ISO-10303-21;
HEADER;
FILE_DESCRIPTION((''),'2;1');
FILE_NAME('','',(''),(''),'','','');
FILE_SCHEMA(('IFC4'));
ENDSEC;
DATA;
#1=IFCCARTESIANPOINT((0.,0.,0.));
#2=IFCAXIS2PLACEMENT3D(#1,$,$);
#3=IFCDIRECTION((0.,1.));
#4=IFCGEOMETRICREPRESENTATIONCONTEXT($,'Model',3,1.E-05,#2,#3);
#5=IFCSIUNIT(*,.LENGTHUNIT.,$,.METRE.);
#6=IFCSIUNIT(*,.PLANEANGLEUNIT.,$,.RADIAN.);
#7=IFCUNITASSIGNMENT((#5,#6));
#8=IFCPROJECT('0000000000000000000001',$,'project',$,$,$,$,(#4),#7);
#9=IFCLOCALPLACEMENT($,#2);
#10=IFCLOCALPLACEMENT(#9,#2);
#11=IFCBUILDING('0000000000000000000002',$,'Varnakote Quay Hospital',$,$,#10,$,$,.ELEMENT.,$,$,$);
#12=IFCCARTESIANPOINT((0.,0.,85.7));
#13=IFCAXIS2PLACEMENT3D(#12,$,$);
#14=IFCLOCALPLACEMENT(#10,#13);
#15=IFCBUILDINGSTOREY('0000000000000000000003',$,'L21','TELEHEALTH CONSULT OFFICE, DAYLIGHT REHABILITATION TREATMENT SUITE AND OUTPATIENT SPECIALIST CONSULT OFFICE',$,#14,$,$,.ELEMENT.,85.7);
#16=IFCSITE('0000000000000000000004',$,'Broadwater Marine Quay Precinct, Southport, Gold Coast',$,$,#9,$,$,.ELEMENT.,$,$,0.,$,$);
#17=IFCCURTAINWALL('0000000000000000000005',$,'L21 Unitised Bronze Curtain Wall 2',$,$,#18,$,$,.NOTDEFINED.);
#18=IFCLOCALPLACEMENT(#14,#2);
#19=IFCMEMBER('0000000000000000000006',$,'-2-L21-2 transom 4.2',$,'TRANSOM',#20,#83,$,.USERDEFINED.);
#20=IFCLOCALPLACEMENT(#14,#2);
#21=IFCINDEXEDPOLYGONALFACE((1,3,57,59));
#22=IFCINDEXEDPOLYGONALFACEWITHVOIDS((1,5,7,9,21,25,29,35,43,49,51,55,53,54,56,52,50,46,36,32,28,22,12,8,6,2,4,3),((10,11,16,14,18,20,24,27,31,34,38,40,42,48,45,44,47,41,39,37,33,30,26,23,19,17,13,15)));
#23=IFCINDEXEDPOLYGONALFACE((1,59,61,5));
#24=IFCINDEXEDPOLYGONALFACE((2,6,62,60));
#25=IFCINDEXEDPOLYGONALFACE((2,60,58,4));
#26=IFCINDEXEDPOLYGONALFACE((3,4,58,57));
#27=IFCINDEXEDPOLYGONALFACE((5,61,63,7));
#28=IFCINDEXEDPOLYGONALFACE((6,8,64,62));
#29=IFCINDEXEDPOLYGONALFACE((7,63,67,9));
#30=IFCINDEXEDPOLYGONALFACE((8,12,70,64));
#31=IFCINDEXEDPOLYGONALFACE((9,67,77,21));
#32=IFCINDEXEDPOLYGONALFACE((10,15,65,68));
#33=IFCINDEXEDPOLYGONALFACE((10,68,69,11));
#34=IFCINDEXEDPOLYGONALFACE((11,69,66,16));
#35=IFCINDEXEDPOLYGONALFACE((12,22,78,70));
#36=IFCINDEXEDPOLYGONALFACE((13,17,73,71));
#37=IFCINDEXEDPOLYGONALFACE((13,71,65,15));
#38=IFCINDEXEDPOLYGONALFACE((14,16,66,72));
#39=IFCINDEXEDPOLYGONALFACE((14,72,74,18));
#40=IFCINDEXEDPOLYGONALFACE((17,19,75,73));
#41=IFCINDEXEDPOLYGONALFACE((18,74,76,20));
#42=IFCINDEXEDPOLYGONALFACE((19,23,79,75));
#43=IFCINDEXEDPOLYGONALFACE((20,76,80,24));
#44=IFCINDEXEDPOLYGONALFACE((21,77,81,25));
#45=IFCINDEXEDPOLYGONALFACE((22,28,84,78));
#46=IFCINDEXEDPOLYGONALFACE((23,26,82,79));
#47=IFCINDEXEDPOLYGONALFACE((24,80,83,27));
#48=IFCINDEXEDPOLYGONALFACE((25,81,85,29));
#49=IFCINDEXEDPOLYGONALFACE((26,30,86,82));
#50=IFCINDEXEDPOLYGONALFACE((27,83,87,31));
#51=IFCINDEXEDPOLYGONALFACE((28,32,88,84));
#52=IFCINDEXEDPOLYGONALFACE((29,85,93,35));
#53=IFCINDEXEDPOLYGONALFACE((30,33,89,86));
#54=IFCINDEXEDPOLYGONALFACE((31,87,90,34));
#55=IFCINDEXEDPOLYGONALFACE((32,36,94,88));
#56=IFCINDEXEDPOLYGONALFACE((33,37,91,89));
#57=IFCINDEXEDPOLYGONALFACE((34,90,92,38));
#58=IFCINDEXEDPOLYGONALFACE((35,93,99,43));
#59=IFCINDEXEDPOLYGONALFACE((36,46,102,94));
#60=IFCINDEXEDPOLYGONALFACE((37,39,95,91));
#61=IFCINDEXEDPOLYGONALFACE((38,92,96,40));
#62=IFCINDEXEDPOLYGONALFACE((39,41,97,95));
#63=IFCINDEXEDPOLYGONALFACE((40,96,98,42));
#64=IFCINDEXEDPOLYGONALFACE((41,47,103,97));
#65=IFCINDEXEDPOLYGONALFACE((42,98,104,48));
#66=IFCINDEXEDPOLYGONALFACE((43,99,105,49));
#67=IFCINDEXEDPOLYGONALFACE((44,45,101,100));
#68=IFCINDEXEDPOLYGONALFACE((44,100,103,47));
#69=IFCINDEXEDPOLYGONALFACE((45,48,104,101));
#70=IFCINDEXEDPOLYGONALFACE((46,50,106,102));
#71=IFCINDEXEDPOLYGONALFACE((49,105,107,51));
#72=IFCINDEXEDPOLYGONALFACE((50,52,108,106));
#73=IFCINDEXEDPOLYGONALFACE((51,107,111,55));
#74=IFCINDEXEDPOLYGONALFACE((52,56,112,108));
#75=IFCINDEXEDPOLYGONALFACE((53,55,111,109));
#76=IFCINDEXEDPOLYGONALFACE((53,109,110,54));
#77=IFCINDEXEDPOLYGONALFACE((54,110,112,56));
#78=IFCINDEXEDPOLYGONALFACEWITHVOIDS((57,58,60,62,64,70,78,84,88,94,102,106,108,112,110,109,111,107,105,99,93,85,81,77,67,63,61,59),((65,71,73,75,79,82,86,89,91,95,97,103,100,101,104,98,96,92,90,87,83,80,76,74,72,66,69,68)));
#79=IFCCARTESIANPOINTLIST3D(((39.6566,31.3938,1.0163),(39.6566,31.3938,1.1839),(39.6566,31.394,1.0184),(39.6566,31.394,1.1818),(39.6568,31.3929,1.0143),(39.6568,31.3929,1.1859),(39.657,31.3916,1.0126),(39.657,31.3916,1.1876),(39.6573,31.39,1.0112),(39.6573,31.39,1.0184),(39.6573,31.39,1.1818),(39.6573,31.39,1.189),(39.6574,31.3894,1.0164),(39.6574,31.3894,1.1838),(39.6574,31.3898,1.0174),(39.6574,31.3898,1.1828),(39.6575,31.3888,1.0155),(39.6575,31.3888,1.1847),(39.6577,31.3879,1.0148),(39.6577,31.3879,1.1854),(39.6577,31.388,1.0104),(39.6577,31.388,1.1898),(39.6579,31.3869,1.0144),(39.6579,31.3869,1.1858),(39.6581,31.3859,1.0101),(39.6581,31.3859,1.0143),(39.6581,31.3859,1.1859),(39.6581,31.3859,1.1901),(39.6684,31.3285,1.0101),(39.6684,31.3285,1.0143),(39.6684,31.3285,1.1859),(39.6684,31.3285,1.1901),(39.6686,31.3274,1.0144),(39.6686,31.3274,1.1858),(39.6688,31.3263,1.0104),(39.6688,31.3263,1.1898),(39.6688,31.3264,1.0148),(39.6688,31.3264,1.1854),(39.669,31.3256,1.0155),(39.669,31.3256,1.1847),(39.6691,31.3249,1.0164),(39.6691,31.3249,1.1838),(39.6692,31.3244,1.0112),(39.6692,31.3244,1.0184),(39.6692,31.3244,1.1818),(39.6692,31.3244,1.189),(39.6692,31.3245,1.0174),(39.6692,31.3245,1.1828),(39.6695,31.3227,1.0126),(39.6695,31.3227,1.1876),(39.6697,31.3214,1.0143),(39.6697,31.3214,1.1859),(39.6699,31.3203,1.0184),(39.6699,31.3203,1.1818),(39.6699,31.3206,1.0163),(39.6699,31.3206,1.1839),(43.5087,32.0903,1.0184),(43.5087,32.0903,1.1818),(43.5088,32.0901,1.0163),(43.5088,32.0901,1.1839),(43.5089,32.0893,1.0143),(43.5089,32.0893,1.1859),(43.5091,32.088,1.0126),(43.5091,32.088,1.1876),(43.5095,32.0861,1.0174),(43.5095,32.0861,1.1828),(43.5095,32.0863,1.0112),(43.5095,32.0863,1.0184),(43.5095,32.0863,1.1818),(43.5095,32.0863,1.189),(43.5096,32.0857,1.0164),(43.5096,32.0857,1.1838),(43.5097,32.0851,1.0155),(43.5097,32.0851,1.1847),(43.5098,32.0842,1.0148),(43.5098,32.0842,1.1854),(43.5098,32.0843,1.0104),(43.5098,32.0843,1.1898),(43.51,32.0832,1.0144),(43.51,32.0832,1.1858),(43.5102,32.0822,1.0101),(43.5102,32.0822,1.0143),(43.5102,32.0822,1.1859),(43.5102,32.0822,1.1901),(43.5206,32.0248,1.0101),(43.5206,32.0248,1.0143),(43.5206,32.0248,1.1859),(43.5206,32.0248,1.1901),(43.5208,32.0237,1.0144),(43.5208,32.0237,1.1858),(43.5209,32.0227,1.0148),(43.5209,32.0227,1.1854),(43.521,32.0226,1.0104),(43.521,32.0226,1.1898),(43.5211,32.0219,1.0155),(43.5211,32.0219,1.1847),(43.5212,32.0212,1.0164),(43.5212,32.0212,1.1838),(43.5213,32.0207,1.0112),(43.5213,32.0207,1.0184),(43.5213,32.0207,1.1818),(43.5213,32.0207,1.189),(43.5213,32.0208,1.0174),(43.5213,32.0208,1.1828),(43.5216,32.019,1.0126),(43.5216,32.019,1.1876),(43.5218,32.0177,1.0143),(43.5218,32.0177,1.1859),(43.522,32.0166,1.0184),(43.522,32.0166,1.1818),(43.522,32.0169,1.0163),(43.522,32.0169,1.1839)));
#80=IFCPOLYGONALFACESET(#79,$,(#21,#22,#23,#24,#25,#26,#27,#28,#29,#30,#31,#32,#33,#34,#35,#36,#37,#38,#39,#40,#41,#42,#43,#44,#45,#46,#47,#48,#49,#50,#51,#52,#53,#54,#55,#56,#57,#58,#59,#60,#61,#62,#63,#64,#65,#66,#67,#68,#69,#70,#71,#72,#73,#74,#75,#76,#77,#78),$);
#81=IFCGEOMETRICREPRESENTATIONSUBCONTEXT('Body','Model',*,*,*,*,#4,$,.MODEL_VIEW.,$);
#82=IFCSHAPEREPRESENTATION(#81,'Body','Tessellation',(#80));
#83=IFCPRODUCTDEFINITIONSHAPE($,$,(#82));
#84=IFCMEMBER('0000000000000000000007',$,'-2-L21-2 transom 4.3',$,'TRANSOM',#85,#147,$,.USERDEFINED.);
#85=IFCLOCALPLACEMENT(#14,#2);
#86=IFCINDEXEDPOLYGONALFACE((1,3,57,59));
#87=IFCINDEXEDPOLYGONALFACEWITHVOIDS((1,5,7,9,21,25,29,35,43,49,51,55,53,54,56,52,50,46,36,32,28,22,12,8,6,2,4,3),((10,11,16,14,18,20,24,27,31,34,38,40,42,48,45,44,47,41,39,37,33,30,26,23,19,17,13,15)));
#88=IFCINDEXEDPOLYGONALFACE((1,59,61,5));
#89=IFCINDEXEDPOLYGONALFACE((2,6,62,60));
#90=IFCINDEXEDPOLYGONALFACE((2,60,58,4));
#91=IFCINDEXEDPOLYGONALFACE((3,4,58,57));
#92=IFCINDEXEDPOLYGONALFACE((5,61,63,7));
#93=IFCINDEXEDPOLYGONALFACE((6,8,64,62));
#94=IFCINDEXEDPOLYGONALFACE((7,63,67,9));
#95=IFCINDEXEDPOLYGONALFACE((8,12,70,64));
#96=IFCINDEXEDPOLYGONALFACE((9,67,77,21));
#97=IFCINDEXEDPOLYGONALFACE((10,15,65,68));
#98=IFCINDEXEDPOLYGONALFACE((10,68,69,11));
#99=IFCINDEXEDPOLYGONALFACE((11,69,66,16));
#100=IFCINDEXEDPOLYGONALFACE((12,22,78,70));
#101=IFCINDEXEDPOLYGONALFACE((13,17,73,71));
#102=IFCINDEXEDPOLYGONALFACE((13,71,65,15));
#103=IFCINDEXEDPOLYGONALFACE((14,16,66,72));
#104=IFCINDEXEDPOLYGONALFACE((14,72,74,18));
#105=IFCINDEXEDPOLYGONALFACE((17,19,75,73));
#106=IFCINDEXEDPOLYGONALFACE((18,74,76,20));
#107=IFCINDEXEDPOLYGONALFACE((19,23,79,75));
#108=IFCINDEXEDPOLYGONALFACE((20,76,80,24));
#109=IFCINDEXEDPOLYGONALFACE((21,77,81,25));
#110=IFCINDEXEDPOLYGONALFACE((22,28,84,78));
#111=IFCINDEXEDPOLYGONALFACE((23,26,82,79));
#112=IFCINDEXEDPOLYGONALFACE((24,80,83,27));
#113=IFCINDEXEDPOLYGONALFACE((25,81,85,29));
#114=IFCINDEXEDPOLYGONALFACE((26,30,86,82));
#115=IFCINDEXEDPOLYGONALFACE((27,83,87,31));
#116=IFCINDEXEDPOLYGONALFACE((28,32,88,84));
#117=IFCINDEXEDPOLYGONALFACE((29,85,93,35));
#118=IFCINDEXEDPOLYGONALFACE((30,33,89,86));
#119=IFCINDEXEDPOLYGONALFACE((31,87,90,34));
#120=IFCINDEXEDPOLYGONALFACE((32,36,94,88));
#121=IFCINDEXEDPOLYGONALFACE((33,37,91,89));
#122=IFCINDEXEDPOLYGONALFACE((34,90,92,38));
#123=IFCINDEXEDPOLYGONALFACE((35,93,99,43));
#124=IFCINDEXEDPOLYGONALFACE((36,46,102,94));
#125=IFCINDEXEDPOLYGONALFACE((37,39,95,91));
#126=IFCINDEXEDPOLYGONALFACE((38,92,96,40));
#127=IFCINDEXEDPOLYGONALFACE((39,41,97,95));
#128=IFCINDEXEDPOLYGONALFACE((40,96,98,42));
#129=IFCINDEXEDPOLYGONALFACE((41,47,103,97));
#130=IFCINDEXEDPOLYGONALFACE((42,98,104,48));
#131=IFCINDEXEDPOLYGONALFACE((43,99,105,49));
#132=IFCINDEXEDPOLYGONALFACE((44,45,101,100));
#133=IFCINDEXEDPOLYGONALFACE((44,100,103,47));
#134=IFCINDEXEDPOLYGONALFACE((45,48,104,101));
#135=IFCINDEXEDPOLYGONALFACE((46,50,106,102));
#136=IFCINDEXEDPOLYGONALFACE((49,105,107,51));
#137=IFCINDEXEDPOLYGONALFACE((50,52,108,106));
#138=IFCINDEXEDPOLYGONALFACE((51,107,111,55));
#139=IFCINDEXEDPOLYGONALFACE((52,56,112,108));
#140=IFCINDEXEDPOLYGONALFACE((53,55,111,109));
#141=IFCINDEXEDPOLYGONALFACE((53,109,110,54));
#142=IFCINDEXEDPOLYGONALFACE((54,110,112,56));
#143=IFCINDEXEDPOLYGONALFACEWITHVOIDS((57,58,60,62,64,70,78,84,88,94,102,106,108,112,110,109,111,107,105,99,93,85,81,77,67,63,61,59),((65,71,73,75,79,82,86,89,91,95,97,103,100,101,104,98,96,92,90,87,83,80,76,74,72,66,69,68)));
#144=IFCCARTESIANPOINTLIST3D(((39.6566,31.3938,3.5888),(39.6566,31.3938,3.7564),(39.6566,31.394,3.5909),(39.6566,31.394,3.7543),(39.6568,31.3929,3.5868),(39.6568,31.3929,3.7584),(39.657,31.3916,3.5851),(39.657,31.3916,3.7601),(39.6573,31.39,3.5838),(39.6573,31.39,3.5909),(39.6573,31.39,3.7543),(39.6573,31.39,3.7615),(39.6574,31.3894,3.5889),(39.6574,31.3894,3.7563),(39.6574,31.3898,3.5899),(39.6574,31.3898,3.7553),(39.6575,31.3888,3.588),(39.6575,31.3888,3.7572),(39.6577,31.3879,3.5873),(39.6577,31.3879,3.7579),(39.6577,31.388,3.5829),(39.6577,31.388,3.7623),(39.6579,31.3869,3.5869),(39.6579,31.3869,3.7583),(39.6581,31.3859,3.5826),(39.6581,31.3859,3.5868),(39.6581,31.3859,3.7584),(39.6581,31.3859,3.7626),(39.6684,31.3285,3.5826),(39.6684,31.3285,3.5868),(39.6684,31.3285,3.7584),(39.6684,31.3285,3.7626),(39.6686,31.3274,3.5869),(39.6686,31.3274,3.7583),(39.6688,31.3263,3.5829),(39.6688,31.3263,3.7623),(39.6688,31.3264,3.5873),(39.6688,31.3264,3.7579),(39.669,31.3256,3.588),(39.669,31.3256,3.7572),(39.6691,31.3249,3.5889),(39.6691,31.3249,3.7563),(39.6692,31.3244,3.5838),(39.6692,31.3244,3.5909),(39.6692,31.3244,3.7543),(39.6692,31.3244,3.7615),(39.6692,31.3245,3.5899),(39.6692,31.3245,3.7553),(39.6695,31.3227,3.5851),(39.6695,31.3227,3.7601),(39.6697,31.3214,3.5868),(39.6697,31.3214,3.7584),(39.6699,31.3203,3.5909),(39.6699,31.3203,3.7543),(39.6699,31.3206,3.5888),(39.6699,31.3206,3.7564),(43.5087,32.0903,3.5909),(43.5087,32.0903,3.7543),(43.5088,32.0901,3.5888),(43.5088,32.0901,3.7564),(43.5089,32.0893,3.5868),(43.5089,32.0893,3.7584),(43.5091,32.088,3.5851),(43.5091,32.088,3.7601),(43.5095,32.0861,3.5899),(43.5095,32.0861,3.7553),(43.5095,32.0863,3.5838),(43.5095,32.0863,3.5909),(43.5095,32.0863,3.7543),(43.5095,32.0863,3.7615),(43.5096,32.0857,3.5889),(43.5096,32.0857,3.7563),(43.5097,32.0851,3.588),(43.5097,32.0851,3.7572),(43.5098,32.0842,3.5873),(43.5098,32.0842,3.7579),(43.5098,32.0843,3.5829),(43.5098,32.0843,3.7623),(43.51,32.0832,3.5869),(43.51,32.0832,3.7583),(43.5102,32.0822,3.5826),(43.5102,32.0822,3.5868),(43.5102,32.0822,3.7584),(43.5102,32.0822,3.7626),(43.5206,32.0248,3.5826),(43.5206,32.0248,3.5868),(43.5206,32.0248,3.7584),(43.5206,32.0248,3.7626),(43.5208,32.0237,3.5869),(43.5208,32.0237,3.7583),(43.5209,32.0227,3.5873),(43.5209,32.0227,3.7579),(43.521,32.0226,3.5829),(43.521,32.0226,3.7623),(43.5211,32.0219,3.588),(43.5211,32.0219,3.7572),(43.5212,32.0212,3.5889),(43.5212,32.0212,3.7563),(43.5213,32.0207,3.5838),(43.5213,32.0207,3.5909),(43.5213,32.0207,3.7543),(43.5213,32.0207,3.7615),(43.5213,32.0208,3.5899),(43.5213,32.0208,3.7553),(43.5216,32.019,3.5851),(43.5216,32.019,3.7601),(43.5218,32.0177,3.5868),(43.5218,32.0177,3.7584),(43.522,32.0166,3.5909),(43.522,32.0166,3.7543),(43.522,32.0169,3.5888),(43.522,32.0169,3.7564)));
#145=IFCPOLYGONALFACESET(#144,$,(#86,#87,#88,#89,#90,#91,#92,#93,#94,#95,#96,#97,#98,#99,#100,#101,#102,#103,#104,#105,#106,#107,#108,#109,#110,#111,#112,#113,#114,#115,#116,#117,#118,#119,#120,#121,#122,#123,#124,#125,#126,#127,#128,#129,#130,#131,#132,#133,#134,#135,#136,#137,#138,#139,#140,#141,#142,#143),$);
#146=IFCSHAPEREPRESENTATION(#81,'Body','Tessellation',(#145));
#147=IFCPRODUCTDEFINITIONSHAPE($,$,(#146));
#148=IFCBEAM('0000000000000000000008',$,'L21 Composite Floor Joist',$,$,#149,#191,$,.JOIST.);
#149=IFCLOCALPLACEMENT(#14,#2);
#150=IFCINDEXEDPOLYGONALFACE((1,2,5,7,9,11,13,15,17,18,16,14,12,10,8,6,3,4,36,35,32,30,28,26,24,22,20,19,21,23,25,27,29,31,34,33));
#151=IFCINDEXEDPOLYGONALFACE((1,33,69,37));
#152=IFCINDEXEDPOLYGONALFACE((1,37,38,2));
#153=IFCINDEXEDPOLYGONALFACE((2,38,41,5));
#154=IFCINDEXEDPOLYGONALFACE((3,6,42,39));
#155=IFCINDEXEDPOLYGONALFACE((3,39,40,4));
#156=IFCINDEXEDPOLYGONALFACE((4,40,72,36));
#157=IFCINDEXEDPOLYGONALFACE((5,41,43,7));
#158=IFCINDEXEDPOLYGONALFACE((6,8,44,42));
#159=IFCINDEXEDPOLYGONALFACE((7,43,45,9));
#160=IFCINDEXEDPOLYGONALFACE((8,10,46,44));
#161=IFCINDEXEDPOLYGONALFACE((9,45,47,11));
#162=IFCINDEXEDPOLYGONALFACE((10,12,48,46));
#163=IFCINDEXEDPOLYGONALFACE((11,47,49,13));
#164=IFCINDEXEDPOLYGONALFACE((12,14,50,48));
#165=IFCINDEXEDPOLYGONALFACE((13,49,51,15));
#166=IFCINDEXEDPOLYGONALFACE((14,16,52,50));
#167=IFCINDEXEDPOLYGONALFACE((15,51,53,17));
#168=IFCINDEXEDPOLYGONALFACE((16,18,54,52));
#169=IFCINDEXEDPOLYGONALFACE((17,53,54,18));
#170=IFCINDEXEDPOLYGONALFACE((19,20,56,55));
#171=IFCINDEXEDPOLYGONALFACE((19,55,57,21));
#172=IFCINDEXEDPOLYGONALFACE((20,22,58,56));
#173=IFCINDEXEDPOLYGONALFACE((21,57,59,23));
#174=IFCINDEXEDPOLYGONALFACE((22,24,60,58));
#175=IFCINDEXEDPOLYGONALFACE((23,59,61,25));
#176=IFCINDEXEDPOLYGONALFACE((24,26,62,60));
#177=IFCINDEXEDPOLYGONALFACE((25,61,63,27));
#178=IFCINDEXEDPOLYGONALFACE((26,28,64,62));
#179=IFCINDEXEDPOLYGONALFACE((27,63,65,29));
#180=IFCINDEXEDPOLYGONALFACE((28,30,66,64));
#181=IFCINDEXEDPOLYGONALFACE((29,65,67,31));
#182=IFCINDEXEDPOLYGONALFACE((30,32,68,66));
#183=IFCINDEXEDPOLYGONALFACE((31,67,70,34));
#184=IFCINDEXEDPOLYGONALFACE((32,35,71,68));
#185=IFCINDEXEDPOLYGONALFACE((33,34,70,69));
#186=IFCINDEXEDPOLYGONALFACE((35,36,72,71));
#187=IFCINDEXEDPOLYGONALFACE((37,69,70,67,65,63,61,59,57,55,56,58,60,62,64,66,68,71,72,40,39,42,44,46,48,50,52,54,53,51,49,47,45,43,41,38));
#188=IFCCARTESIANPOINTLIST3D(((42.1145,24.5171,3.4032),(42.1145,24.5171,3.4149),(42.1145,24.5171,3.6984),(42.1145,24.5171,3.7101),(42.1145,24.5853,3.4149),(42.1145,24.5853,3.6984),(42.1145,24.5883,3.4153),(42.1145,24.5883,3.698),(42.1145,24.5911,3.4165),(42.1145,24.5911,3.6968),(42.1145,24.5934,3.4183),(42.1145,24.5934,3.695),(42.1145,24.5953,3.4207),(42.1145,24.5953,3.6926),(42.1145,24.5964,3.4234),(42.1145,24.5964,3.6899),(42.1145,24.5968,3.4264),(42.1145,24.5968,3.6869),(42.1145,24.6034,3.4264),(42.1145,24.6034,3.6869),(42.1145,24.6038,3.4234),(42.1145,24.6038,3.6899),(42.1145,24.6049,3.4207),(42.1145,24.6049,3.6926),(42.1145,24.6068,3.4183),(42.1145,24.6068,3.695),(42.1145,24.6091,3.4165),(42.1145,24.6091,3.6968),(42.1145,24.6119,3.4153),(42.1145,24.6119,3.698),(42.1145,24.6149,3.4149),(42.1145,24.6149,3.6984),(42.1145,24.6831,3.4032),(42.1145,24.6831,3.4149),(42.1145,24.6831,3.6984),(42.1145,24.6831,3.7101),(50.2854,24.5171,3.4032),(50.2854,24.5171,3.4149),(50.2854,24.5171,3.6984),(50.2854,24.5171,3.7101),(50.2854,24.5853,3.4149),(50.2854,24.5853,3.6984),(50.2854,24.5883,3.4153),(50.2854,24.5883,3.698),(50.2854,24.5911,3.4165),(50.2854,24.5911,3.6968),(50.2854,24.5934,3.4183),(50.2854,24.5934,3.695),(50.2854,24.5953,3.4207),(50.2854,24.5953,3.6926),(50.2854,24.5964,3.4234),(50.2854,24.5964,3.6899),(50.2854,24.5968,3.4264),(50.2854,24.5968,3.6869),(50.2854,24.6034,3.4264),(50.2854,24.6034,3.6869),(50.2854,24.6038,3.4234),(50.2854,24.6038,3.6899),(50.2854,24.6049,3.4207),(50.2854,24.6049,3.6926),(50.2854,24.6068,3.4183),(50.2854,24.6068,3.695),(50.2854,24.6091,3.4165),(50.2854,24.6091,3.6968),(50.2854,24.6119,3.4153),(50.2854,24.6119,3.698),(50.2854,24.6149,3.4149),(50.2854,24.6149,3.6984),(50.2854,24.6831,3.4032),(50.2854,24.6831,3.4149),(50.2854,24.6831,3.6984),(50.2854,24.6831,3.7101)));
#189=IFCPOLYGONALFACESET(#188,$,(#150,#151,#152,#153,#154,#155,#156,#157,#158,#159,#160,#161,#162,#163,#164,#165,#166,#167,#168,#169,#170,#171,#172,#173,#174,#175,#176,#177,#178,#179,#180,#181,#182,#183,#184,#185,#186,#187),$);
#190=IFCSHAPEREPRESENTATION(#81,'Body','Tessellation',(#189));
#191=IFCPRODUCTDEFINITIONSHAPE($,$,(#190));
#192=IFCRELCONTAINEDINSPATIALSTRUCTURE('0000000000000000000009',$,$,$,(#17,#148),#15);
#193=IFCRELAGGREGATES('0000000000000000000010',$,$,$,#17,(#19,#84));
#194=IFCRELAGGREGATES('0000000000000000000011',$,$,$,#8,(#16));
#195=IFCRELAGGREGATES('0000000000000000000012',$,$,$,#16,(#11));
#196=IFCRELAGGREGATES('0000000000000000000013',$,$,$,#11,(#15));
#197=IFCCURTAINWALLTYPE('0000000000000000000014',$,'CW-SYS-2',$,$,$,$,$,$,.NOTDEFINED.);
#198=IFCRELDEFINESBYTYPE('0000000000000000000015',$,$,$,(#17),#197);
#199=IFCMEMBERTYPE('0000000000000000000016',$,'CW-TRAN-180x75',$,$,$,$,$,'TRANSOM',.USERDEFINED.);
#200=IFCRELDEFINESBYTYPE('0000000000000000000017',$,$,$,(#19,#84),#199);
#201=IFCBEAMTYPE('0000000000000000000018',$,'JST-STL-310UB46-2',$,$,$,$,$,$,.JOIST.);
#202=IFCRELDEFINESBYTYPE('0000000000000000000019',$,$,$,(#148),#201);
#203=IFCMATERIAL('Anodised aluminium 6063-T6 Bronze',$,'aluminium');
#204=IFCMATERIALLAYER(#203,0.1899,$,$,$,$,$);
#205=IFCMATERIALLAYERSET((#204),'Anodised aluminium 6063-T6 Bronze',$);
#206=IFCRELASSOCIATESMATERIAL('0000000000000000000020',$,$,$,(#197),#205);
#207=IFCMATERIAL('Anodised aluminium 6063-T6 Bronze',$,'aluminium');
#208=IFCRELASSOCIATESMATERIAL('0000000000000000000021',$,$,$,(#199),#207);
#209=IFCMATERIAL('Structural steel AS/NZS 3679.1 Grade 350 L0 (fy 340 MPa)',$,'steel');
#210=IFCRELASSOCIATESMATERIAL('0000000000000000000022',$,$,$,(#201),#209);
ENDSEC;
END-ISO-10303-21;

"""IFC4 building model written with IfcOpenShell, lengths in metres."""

from ifc_helpers import new_model, si_unit, direction, frame, origin, origin_2d, place, context, subcontext, project, spatial, hollow_rectangle, i_section, extrude, material, layer, layer_set, material_profile, profile_set, type_object, element, aggregate, save


model = new_model("IFC4")

# Units and contexts
model_context = context("Model", 3, precision=1e-05, world=origin(), true_north=direction((0.0, 1.0)))
body_context = subcontext(model_context, "Body", "Model", "MODEL_VIEW")
ifc_project = project(units=[si_unit("LENGTHUNIT", "METRE"), si_unit("PLANEANGLEUNIT", "RADIAN")], contexts=[model_context])

# Site, building, storey
site_placement = place(None, origin())
site = spatial("IfcSite", under=ifc_project, at=site_placement, Name="Broadwater Marine Quay Precinct, Southport, Gold Coast", CompositionType="ELEMENT", RefElevation=0.0)
building_placement = place(site_placement, origin())
building = spatial("IfcBuilding", under=site, at=building_placement, Name="Varnakote Quay Hospital", CompositionType="ELEMENT")
storey_placement = place(building_placement, frame((0.0, 0.0, 85.7)))
storey = spatial("IfcBuildingStorey", under=building, at=storey_placement, Name="L21", Description="TELEHEALTH CONSULT OFFICE, DAYLIGHT REHABILITATION TREATMENT SUITE AND OUTPATIENT SPECIALIST CONSULT OFFICE", CompositionType="ELEMENT", Elevation=85.7)

# Curtain wall, members
ifc_material_1 = material(Name="Anodised aluminium 6063-T6 Bronze", Category="aluminium")
ifc_layer_1 = layer(ifc_material_1, 0.1899)
ifc_layer_set_1 = layer_set([ifc_layer_1], Name="Anodised aluminium 6063-T6 Bronze")
curtain_wall_type = type_object("IfcCurtainWallType", Name="CW-SYS-2", PredefinedType="NOTDEFINED", material=ifc_layer_set_1)
curtain_wall_placement = place(storey_placement, origin())
curtain_wall = element("IfcCurtainWall", 1, at=curtain_wall_placement, inside=storey, type_object=curtain_wall_type, Name="L21 Unitised Bronze Curtain Wall 2", PredefinedType="NOTDEFINED")
ifc_material_2 = material(Name="Anodised aluminium 6063-T6 Bronze", Category="aluminium")
ifc_material_profile_1 = material_profile(ifc_material_2, hollow_rectangle(XDim=0.075, YDim=0.1799, WallThickness=0.0042, InnerFilletRadius=0.0042, OuterFilletRadius=0.0083, at=origin_2d()), Name="CW-TRAN-180x75")
ifc_profile_set_1 = profile_set([ifc_material_profile_1], Name="Anodised aluminium 6063-T6 Bronze")
member_type_1 = type_object("IfcMemberType", Name="CW-TRAN-180x75", ElementType="TRANSOM", PredefinedType="USERDEFINED", material=ifc_profile_set_1)
member_1_placement = place(storey_placement, frame((43.5154, 32.0535, 1.1001), z_axis=(-0.984053, -0.177875, 0.0), x_axis=(0.177875, -0.984053, 0.0)))
member_1 = element("IfcMember", 2, at=member_1_placement, type_object=member_type_1, Name="-2-L21-2 transom 4.2", ObjectType="TRANSOM", PredefinedType="USERDEFINED", context=body_context, shape_type="SweptSolid", body=[
    extrude(hollow_rectangle(XDim=0.075, YDim=0.1799, WallThickness=0.0042, InnerFilletRadius=0.0042, OuterFilletRadius=0.0083, at=origin_2d()), origin(), (0.0, 0.0, 1.0), 3.9146),
])
member_2_placement = place(storey_placement, frame((43.5154, 32.0535, 3.6726), z_axis=(-0.984053, -0.177875, 0.0), x_axis=(0.177875, -0.984053, 0.0)))
member_2 = element("IfcMember", 3, at=member_2_placement, type_object=member_type_1, Name="-2-L21-2 transom 4.3", ObjectType="TRANSOM", PredefinedType="USERDEFINED", context=body_context, shape_type="SweptSolid", body=[
    extrude(hollow_rectangle(XDim=0.075, YDim=0.1799, WallThickness=0.0042, InnerFilletRadius=0.0042, OuterFilletRadius=0.0083, at=origin_2d()), origin(), (0.0, 0.0, 1.0), 3.9146),
])

# Beam
ifc_material_3 = material(Name="Structural steel AS/NZS 3679.1 Grade 350 L0 (fy 340 MPa)", Category="steel")
ifc_material_profile_2 = material_profile(ifc_material_3, i_section(OverallWidth=0.166, OverallDepth=0.3069, WebThickness=0.0066, FlangeThickness=0.0117, FilletRadius=0.0115, at=origin_2d()), Name="310UB46.2")
ifc_profile_set_2 = profile_set([ifc_material_profile_2], Name="Structural steel AS/NZS 3679.1 Grade 350 L0 (fy 340 MPa)")
beam_type_1 = type_object("IfcBeamType", Name="JST-STL-310UB46-2", PredefinedType="JOIST", material=ifc_profile_set_2)
beam_1_placement = place(storey_placement, frame((42.1145, 24.6001, 3.5566), z_axis=(1.0, 0.0, 0.0), x_axis=(0.0, 1.0, 0.0)))
element("IfcBeam", 4, at=beam_1_placement, inside=storey, type_object=beam_type_1, Name="L21 Composite Floor Joist", PredefinedType="JOIST", context=body_context, shape_type="SweptSolid", body=[
    extrude(i_section(OverallWidth=0.166, OverallDepth=0.3069, WebThickness=0.0066, FlangeThickness=0.0117, FilletRadius=0.0115, at=origin_2d()), origin(), (0.0, 0.0, 1.0), 8.1709),
])

aggregate(curtain_wall, [member_1, member_2])

save(model, "model.ifc")
